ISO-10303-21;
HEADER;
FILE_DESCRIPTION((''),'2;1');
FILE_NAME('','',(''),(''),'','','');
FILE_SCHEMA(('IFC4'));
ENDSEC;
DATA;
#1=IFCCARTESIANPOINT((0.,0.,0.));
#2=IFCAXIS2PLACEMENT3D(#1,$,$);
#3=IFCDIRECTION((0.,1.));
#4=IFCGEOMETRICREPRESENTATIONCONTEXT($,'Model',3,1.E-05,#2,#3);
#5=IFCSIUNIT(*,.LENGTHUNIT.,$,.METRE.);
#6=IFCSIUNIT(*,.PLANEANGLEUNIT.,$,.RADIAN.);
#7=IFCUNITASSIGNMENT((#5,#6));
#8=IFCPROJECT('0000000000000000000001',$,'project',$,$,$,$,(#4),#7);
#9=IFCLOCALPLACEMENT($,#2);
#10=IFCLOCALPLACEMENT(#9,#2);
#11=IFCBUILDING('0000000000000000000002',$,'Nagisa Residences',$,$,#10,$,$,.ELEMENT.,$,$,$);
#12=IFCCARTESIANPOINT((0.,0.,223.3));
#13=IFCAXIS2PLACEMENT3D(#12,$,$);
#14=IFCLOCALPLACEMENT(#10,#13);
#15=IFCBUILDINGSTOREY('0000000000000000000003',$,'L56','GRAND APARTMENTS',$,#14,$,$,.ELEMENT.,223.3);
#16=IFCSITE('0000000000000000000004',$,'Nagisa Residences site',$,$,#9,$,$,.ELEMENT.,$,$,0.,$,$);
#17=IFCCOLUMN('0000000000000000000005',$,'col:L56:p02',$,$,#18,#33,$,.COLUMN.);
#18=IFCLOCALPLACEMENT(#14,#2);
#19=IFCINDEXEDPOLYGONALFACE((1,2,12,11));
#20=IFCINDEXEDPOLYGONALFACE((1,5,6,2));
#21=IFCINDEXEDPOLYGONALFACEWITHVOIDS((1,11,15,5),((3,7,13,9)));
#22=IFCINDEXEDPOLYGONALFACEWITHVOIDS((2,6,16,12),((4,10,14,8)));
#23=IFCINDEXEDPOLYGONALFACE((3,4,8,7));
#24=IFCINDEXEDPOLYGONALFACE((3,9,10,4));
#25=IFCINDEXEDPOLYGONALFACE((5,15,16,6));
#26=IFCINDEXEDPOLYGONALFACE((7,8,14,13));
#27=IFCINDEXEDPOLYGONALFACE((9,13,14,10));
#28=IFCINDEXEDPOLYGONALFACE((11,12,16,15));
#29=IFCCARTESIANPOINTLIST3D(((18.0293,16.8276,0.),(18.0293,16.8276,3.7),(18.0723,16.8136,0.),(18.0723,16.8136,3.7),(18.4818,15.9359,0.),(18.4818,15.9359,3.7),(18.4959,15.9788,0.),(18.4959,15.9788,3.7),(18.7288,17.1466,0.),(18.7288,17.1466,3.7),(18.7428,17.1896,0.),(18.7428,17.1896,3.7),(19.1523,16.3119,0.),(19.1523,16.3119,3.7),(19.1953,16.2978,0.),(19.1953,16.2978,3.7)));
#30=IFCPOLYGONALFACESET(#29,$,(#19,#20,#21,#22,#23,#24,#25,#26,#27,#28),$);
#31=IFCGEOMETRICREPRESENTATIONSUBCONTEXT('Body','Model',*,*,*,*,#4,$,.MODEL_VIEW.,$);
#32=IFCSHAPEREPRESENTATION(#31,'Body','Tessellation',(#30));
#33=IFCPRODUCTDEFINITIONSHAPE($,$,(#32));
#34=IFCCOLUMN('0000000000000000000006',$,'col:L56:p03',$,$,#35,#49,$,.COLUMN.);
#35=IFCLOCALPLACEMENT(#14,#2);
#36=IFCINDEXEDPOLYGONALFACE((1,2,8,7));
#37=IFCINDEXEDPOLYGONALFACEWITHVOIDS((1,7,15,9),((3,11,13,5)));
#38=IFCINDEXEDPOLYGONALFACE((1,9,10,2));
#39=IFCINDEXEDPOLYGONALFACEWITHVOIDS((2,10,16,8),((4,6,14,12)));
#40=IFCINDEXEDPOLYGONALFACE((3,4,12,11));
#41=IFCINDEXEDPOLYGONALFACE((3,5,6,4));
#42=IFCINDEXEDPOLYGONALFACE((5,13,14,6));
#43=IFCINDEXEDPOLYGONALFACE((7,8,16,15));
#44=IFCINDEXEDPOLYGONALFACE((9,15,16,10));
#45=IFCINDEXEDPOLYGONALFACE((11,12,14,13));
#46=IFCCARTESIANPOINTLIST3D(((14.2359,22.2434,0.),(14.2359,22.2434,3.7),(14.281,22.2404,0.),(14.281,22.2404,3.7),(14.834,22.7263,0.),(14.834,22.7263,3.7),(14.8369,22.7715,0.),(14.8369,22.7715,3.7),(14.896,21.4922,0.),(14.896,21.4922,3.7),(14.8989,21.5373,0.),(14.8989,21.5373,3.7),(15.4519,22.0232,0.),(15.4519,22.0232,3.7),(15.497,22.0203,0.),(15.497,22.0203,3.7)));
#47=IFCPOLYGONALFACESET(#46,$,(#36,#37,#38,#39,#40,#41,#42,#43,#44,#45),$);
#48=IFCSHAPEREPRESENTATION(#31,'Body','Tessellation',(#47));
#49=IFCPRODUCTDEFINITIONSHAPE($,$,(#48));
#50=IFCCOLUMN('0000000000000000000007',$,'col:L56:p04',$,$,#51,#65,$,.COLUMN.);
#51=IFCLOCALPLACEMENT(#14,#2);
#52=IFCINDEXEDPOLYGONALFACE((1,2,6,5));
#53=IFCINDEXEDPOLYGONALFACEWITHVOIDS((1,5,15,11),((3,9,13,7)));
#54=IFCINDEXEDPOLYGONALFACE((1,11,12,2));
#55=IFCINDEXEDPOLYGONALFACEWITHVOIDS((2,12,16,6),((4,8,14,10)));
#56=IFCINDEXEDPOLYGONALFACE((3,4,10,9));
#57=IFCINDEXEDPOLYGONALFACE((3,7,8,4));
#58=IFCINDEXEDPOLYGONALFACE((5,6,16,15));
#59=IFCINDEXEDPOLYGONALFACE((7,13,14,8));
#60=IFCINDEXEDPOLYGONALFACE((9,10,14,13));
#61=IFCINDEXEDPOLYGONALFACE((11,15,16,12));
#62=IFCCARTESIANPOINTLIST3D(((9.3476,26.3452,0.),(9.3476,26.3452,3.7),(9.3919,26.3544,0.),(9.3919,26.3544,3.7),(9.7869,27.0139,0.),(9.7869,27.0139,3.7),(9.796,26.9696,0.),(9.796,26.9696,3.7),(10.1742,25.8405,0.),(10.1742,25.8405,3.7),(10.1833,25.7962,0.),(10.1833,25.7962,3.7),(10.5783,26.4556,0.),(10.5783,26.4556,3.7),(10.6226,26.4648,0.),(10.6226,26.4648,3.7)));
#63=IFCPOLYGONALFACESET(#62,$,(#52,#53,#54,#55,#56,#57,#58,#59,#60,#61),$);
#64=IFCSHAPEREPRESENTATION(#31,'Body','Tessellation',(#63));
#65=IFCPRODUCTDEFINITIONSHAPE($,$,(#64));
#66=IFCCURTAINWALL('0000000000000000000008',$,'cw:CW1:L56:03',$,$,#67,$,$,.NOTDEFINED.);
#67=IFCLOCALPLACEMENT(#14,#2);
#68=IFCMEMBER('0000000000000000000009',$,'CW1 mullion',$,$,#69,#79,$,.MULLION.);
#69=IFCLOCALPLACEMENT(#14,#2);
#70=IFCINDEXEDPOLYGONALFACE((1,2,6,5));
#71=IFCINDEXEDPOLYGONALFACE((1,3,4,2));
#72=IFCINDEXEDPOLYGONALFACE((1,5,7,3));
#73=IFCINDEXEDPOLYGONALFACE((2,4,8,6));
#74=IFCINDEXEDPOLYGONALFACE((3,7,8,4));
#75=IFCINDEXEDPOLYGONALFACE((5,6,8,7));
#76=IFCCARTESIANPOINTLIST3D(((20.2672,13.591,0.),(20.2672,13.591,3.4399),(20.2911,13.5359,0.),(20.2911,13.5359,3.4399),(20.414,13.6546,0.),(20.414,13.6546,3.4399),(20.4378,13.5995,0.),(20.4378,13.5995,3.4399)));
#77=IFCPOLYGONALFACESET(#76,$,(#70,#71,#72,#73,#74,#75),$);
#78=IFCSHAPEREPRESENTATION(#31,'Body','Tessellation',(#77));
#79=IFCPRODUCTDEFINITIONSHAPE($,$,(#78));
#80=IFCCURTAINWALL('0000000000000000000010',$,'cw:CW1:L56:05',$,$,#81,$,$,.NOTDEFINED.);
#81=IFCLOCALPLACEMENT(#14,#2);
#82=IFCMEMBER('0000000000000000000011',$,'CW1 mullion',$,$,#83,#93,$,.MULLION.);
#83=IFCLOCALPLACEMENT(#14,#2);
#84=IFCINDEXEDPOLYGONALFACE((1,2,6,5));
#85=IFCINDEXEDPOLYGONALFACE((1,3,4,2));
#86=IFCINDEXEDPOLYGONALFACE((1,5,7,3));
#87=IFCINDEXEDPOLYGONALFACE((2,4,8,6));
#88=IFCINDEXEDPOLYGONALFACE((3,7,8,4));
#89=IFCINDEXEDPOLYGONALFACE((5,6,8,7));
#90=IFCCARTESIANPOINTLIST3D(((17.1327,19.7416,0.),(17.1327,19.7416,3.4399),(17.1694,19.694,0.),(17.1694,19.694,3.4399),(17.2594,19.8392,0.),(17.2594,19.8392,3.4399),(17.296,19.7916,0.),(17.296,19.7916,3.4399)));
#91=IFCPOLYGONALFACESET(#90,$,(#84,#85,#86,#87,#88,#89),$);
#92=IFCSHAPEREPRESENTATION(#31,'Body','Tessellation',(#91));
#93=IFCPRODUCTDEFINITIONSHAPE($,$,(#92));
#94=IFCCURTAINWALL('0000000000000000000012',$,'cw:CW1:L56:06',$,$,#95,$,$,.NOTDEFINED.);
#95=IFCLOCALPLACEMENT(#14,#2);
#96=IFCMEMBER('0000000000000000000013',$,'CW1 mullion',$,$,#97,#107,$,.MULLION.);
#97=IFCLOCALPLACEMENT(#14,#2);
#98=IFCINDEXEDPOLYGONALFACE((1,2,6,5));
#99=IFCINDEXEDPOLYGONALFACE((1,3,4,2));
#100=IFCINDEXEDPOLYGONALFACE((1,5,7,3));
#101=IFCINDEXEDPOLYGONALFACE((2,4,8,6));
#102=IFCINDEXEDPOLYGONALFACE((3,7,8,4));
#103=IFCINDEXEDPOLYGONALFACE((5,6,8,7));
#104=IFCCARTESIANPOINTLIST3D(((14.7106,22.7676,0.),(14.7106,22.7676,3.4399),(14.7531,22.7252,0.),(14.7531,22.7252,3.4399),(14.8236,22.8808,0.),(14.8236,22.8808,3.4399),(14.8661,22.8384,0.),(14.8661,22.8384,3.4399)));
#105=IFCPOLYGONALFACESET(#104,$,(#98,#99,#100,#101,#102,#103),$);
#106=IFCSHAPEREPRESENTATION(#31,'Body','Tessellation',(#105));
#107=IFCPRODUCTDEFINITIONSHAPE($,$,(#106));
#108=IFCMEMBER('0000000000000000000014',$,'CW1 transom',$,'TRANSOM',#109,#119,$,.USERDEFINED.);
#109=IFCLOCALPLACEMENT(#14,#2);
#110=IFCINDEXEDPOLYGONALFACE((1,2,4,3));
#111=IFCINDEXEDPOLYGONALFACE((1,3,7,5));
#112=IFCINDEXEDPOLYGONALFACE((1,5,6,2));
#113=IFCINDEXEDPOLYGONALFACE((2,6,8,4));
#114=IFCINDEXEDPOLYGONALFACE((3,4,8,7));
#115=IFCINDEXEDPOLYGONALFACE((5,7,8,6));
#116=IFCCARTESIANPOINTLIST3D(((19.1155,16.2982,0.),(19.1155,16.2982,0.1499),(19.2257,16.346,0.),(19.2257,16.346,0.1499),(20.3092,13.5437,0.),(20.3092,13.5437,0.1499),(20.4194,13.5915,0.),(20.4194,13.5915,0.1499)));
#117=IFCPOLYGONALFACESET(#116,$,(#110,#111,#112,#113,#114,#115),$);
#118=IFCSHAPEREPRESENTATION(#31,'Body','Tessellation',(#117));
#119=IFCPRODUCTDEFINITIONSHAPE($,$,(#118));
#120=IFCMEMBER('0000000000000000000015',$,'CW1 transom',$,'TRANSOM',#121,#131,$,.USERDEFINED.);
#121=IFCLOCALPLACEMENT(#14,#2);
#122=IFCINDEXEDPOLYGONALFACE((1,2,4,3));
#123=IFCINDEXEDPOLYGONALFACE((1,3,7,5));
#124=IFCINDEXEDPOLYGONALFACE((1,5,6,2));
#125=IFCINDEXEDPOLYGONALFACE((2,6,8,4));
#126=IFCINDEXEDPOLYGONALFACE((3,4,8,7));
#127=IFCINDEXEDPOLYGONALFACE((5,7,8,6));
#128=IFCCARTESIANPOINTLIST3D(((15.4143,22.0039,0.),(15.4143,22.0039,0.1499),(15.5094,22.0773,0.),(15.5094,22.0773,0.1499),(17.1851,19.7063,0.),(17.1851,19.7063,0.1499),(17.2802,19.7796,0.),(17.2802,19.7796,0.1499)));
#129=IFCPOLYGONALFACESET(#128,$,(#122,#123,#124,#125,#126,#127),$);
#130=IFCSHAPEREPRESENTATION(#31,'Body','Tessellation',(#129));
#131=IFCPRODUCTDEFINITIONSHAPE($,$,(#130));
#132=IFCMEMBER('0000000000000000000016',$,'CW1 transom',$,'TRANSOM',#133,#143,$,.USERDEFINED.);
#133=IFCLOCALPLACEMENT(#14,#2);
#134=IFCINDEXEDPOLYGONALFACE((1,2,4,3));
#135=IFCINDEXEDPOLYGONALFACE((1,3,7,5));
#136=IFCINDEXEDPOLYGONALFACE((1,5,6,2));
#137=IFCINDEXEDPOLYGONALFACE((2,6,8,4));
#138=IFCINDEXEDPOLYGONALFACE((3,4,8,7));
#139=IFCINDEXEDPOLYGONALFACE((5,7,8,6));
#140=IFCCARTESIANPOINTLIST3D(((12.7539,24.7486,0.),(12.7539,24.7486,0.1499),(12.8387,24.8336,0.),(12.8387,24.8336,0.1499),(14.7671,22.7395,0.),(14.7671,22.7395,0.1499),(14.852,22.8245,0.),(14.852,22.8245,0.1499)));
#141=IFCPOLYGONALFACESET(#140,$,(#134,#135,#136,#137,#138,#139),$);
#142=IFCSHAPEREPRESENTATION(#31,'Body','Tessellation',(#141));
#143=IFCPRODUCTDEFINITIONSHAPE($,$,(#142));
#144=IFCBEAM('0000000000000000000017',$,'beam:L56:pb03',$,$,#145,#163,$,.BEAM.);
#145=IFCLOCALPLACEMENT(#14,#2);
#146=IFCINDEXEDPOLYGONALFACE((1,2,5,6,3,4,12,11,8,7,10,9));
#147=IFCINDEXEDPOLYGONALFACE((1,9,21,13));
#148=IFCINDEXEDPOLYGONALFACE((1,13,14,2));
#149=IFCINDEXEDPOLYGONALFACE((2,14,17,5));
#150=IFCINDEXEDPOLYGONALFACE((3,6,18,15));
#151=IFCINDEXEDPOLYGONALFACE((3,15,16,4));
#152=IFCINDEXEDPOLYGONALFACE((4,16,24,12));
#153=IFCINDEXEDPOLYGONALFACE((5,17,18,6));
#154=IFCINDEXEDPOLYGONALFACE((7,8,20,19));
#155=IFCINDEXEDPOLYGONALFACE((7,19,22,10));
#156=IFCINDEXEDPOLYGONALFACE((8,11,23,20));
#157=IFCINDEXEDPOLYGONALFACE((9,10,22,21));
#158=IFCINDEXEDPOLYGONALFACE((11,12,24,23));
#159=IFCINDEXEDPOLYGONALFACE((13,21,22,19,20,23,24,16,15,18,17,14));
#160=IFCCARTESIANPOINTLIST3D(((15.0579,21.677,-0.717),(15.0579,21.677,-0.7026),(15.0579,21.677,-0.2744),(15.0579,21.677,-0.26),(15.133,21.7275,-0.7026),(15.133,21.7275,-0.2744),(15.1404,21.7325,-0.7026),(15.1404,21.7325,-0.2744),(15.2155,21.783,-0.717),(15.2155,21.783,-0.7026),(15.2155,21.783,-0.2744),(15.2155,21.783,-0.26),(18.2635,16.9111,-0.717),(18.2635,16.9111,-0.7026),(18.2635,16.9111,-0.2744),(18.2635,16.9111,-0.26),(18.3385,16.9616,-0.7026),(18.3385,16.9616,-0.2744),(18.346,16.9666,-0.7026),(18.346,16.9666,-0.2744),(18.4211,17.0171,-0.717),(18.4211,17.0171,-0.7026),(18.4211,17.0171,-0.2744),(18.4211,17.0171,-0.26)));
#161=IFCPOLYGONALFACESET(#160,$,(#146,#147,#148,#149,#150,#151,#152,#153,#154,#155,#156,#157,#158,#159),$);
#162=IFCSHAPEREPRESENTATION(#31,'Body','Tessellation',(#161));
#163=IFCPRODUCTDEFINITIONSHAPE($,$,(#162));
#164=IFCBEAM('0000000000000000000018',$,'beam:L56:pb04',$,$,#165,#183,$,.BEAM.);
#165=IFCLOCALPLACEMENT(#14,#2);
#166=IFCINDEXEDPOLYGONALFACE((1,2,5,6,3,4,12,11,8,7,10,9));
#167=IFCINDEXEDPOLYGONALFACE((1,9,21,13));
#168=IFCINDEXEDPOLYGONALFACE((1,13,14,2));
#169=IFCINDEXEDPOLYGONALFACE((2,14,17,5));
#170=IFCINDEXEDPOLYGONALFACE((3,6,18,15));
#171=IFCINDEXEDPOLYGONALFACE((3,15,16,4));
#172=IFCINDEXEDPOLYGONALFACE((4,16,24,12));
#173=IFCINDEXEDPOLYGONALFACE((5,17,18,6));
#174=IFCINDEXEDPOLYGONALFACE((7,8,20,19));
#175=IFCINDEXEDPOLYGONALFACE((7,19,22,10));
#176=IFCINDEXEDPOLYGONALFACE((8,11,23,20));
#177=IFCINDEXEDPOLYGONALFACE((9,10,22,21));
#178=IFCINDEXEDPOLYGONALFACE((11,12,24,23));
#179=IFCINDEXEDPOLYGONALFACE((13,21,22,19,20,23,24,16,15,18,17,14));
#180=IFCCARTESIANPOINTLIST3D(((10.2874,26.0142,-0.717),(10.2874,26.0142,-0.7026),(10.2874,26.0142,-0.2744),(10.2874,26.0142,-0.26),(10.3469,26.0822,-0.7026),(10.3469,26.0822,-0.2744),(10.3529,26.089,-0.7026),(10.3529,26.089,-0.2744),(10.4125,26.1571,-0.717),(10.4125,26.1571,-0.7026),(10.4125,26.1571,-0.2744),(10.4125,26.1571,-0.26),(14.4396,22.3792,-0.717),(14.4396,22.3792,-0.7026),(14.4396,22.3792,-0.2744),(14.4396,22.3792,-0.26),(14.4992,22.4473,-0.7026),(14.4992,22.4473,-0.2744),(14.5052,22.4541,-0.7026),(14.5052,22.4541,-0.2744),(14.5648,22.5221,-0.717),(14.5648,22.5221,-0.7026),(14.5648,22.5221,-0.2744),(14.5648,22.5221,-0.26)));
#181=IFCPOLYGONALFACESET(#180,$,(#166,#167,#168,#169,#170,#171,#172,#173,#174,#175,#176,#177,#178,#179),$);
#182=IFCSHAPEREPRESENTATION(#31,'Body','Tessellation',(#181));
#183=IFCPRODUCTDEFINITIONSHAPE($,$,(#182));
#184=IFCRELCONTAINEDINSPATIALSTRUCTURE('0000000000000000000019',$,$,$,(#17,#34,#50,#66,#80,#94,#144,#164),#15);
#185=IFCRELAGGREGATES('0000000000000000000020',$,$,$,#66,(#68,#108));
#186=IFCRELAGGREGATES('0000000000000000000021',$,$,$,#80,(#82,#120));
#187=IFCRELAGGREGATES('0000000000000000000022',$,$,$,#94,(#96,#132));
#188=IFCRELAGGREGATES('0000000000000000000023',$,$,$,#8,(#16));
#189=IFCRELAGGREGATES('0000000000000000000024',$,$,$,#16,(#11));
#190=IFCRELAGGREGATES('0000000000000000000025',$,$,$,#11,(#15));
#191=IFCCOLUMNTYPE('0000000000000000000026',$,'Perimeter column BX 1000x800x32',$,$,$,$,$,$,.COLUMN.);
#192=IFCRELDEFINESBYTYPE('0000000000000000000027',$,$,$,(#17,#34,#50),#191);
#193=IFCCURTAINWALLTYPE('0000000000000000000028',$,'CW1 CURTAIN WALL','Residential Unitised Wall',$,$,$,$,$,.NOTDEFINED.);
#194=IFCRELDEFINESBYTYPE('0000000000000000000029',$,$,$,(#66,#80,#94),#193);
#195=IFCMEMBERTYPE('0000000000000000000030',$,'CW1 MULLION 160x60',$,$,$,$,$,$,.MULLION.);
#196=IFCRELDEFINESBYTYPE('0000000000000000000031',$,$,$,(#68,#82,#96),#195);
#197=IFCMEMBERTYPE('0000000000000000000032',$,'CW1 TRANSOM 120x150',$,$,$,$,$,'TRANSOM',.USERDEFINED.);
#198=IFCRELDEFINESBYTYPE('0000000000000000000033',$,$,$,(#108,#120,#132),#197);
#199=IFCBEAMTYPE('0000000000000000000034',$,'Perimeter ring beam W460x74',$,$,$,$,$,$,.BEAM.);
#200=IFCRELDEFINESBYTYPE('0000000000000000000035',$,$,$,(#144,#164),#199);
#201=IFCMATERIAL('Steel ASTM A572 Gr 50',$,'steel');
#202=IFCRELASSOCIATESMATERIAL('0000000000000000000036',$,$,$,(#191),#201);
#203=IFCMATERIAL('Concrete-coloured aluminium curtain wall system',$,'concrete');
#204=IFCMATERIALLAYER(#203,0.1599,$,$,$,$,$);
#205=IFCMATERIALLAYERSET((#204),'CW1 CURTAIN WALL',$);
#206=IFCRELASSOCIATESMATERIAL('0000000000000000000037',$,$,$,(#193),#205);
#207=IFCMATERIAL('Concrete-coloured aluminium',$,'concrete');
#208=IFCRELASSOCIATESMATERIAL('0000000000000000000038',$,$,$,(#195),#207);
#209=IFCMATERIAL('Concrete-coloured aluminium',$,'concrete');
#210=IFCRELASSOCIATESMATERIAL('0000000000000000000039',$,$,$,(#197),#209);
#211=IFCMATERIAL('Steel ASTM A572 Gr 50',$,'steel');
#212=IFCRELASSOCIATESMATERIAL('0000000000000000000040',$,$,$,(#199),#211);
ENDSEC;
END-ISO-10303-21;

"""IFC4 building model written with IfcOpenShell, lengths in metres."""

from ifc_helpers import new_model, si_unit, direction, frame, origin, origin_2d, place, context, subcontext, project, spatial, rectangle, hollow_rectangle, i_section, extrude, material, layer, layer_set, material_profile, profile_set, type_object, element, aggregate, save


model = new_model("IFC4")

# Units and contexts
model_context = context("Model", 3, precision=1e-05, world=origin(), true_north=direction((0.0, 1.0)))
body_context = subcontext(model_context, "Body", "Model", "MODEL_VIEW")
ifc_project = project(units=[si_unit("LENGTHUNIT", "METRE"), si_unit("PLANEANGLEUNIT", "RADIAN")], contexts=[model_context])

# Site, building, storey
site_placement = place(None, origin())
site = spatial("IfcSite", under=ifc_project, at=site_placement, Name="Nagisa Residences site", CompositionType="ELEMENT", RefElevation=0.0)
building_placement = place(site_placement, origin())
building = spatial("IfcBuilding", under=site, at=building_placement, Name="Nagisa Residences", CompositionType="ELEMENT")
storey_placement = place(building_placement, frame((0.0, 0.0, 223.3)))
storey = spatial("IfcBuildingStorey", under=building, at=storey_placement, Name="L56", Description="GRAND APARTMENTS", CompositionType="ELEMENT", Elevation=223.3)

# Columns
ifc_material_1 = material(Name="Steel ASTM A572 Gr 50", Category="steel")
ifc_material_profile_1 = material_profile(ifc_material_1, hollow_rectangle(XDim=1.0, YDim=0.8, WallThickness=0.032, at=origin_2d()), Name="BX 1000x800x32")
ifc_profile_set_1 = profile_set([ifc_material_profile_1], Name="Steel ASTM A572 Gr 50")
column_type = type_object("IfcColumnType", Name="Perimeter column BX 1000x800x32", PredefinedType="COLUMN", material=ifc_profile_set_1)
for number, where, z_axis, x_axis, name in (
    (1, (18.6123, 16.5627, 0.0), (0.0, 0.0, 1.0), (-0.452463, 0.891783, 0.0), "col:L56:p02"),
    (2, (14.8665, 22.1318, 0.0), (0.0, 0.0, 1.0), (-0.660115, 0.751165, 0.0), "col:L56:p03"),
    (3, (9.9851, 26.405, 0.0), (0.0, 0.0, 1.0), (-0.835766, 0.549086, 0.0), "col:L56:p04"),
):
    element("IfcColumn", number, at=place(storey_placement, frame(where, z_axis=z_axis, x_axis=x_axis)), inside=storey, type_object=column_type, Name=name, PredefinedType="COLUMN", context=body_context, shape_type="SweptSolid", body=[
        extrude(hollow_rectangle(XDim=1.0, YDim=0.8, WallThickness=0.032, at=origin_2d()), origin(), (0.0, 0.0, 1.0), 3.7),
    ])

# Curtain walls, members
ifc_material_2 = material(Name="Concrete-coloured aluminium curtain wall system", Category="concrete")
ifc_layer_1 = layer(ifc_material_2, 0.1599)
ifc_layer_set_1 = layer_set([ifc_layer_1], Name="CW1 CURTAIN WALL")
curtain_wall_type = type_object("IfcCurtainWallType", Name="CW1 CURTAIN WALL", Description="Residential Unitised Wall", PredefinedType="NOTDEFINED", material=ifc_layer_set_1)
curtain_wall_1_placement = place(storey_placement, origin())
curtain_wall_1 = element("IfcCurtainWall", 4, at=curtain_wall_1_placement, inside=storey, type_object=curtain_wall_type, Name="cw:CW1:L56:03", PredefinedType="NOTDEFINED")
ifc_material_3 = material(Name="Concrete-coloured aluminium", Category="concrete")
ifc_material_profile_2 = material_profile(ifc_material_3, rectangle(XDim=0.1599, YDim=0.0601, at=origin_2d()), Name="CW1 MULLION 160x60")
ifc_profile_set_2 = profile_set([ifc_material_profile_2], Name="Concrete-coloured aluminium")
member_type_1 = type_object("IfcMemberType", Name="CW1 MULLION 160x60", PredefinedType="MULLION", material=ifc_profile_set_2)
member_1_placement = place(storey_placement, frame((20.3525, 13.5952, 0.0), z_axis=(0.0, 0.0, 1.0), x_axis=(-0.917543, -0.397636, 0.0)))
member_1 = element("IfcMember", 5, at=member_1_placement, type_object=member_type_1, Name="CW1 mullion", PredefinedType="MULLION", context=body_context, shape_type="SweptSolid", body=[
    extrude(rectangle(XDim=0.1599, YDim=0.0601, at=origin_2d()), origin(), (0.0, 0.0, 1.0), 3.4399),
])
curtain_wall_2_placement = place(storey_placement, origin())
curtain_wall_2 = element("IfcCurtainWall", 6, at=curtain_wall_2_placement, inside=storey, type_object=curtain_wall_type, Name="cw:CW1:L56:05", PredefinedType="NOTDEFINED")
member_2_placement = place(storey_placement, frame((17.2144, 19.7666, 0.0), z_axis=(0.0, 0.0, 1.0), x_axis=(-0.79207, -0.61043, 0.0)))
member_2 = element("IfcMember", 7, at=member_2_placement, type_object=member_type_1, Name="CW1 mullion", PredefinedType="MULLION", context=body_context, shape_type="SweptSolid", body=[
    extrude(rectangle(XDim=0.1599, YDim=0.0601, at=origin_2d()), origin(), (0.0, 0.0, 1.0), 3.4399),
])
curtain_wall_3_placement = place(storey_placement, origin())
curtain_wall_3 = element("IfcCurtainWall", 8, at=curtain_wall_3_placement, inside=storey, type_object=curtain_wall_type, Name="cw:CW1:L56:06", PredefinedType="NOTDEFINED")
member_3_placement = place(storey_placement, frame((14.7883, 22.803, 0.0), z_axis=(0.0, 0.0, 1.0), x_axis=(-0.706377, -0.707836, 0.0)))
member_3 = element("IfcMember", 9, at=member_3_placement, type_object=member_type_1, Name="CW1 mullion", PredefinedType="MULLION", context=body_context, shape_type="SweptSolid", body=[
    extrude(rectangle(XDim=0.1599, YDim=0.0601, at=origin_2d()), origin(), (0.0, 0.0, 1.0), 3.4399),
])

# Members
ifc_material_4 = material(Name="Concrete-coloured aluminium", Category="concrete")
ifc_material_profile_3 = material_profile(ifc_material_4, rectangle(XDim=0.1201, YDim=0.1499, at=origin_2d()), Name="CW1 TRANSOM 120x150")
ifc_profile_set_3 = profile_set([ifc_material_profile_3], Name="Concrete-coloured aluminium")
member_type_2 = type_object("IfcMemberType", Name="CW1 TRANSOM 120x150", ElementType="TRANSOM", PredefinedType="USERDEFINED", material=ifc_profile_set_3)
member_4_placement = place(storey_placement, frame((20.3643, 13.5676, 0.075), z_axis=(-0.397617, 0.917552, 0.0), x_axis=(-0.917552, -0.397617, 0.0)))
member_4 = element("IfcMember", 10, at=member_4_placement, type_object=member_type_2, Name="CW1 transom", ObjectType="TRANSOM", PredefinedType="USERDEFINED", context=body_context, shape_type="SweptSolid", body=[
    extrude(rectangle(XDim=0.1201, YDim=0.1499, at=origin_2d()), origin(), (0.0, 0.0, 1.0), 3.002),
])
member_5_placement = place(storey_placement, frame((17.2327, 19.7429, 0.075), z_axis=(-0.610439, 0.792064, 0.0), x_axis=(-0.792064, -0.610439, 0.0)))
member_5 = element("IfcMember", 11, at=member_5_placement, type_object=member_type_2, Name="CW1 transom", ObjectType="TRANSOM", PredefinedType="USERDEFINED", context=body_context, shape_type="SweptSolid", body=[
    extrude(rectangle(XDim=0.1201, YDim=0.1499, at=origin_2d()), origin(), (0.0, 0.0, 1.0), 2.9009),
])
member_6_placement = place(storey_placement, frame((14.8096, 22.782, 0.075), z_axis=(-0.707836, 0.706377, 0.0), x_axis=(-0.706377, -0.707836, 0.0)))
member_6 = element("IfcMember", 12, at=member_6_placement, type_object=member_type_2, Name="CW1 transom", ObjectType="TRANSOM", PredefinedType="USERDEFINED", context=body_context, shape_type="SweptSolid", body=[
    extrude(rectangle(XDim=0.1201, YDim=0.1499, at=origin_2d()), origin(), (0.0, 0.0, 1.0), 2.8442),
])

# Beams
ifc_material_5 = material(Name="Steel ASTM A572 Gr 50", Category="steel")
ifc_material_profile_4 = material_profile(ifc_material_5, i_section(OverallWidth=0.1899, OverallDepth=0.457, WebThickness=0.009, FlangeThickness=0.0144, at=origin_2d()), Name="W460x74")
ifc_profile_set_4 = profile_set([ifc_material_profile_4], Name="Steel ASTM A572 Gr 50")
beam_type_1 = type_object("IfcBeamType", Name="Perimeter ring beam W460x74", PredefinedType="BEAM", material=ifc_profile_set_4)
beam_1_placement = place(storey_placement, frame((18.3423, 16.9641, -0.4885), z_axis=(-0.558109, 0.829768, 0.0), x_axis=(-0.829768, -0.558109, 0.0)))
element("IfcBeam", 13, at=beam_1_placement, inside=storey, type_object=beam_type_1, Name="beam:L56:pb03", PredefinedType="BEAM", context=body_context, shape_type="SweptSolid", body=[
    extrude(i_section(OverallWidth=0.1899, OverallDepth=0.457, WebThickness=0.009, FlangeThickness=0.0144, at=origin_2d()), origin(), (0.0, 0.0, 1.0), 5.7437),
])
beam_2_placement = place(storey_placement, frame((14.5022, 22.4507, -0.4885), z_axis=(-0.752423, 0.65868, 0.0), x_axis=(-0.65868, -0.752423, 0.0)))
element("IfcBeam", 14, at=beam_2_placement, inside=storey, type_object=beam_type_1, Name="beam:L56:pb04", PredefinedType="BEAM", context=body_context, shape_type="SweptSolid", body=[
    extrude(i_section(OverallWidth=0.1899, OverallDepth=0.457, WebThickness=0.009, FlangeThickness=0.0144, at=origin_2d()), origin(), (0.0, 0.0, 1.0), 5.5186),
])

aggregate(curtain_wall_1, [member_1, member_4])
aggregate(curtain_wall_2, [member_2, member_5])
aggregate(curtain_wall_3, [member_3, member_6])

save(model, "model.ifc")
